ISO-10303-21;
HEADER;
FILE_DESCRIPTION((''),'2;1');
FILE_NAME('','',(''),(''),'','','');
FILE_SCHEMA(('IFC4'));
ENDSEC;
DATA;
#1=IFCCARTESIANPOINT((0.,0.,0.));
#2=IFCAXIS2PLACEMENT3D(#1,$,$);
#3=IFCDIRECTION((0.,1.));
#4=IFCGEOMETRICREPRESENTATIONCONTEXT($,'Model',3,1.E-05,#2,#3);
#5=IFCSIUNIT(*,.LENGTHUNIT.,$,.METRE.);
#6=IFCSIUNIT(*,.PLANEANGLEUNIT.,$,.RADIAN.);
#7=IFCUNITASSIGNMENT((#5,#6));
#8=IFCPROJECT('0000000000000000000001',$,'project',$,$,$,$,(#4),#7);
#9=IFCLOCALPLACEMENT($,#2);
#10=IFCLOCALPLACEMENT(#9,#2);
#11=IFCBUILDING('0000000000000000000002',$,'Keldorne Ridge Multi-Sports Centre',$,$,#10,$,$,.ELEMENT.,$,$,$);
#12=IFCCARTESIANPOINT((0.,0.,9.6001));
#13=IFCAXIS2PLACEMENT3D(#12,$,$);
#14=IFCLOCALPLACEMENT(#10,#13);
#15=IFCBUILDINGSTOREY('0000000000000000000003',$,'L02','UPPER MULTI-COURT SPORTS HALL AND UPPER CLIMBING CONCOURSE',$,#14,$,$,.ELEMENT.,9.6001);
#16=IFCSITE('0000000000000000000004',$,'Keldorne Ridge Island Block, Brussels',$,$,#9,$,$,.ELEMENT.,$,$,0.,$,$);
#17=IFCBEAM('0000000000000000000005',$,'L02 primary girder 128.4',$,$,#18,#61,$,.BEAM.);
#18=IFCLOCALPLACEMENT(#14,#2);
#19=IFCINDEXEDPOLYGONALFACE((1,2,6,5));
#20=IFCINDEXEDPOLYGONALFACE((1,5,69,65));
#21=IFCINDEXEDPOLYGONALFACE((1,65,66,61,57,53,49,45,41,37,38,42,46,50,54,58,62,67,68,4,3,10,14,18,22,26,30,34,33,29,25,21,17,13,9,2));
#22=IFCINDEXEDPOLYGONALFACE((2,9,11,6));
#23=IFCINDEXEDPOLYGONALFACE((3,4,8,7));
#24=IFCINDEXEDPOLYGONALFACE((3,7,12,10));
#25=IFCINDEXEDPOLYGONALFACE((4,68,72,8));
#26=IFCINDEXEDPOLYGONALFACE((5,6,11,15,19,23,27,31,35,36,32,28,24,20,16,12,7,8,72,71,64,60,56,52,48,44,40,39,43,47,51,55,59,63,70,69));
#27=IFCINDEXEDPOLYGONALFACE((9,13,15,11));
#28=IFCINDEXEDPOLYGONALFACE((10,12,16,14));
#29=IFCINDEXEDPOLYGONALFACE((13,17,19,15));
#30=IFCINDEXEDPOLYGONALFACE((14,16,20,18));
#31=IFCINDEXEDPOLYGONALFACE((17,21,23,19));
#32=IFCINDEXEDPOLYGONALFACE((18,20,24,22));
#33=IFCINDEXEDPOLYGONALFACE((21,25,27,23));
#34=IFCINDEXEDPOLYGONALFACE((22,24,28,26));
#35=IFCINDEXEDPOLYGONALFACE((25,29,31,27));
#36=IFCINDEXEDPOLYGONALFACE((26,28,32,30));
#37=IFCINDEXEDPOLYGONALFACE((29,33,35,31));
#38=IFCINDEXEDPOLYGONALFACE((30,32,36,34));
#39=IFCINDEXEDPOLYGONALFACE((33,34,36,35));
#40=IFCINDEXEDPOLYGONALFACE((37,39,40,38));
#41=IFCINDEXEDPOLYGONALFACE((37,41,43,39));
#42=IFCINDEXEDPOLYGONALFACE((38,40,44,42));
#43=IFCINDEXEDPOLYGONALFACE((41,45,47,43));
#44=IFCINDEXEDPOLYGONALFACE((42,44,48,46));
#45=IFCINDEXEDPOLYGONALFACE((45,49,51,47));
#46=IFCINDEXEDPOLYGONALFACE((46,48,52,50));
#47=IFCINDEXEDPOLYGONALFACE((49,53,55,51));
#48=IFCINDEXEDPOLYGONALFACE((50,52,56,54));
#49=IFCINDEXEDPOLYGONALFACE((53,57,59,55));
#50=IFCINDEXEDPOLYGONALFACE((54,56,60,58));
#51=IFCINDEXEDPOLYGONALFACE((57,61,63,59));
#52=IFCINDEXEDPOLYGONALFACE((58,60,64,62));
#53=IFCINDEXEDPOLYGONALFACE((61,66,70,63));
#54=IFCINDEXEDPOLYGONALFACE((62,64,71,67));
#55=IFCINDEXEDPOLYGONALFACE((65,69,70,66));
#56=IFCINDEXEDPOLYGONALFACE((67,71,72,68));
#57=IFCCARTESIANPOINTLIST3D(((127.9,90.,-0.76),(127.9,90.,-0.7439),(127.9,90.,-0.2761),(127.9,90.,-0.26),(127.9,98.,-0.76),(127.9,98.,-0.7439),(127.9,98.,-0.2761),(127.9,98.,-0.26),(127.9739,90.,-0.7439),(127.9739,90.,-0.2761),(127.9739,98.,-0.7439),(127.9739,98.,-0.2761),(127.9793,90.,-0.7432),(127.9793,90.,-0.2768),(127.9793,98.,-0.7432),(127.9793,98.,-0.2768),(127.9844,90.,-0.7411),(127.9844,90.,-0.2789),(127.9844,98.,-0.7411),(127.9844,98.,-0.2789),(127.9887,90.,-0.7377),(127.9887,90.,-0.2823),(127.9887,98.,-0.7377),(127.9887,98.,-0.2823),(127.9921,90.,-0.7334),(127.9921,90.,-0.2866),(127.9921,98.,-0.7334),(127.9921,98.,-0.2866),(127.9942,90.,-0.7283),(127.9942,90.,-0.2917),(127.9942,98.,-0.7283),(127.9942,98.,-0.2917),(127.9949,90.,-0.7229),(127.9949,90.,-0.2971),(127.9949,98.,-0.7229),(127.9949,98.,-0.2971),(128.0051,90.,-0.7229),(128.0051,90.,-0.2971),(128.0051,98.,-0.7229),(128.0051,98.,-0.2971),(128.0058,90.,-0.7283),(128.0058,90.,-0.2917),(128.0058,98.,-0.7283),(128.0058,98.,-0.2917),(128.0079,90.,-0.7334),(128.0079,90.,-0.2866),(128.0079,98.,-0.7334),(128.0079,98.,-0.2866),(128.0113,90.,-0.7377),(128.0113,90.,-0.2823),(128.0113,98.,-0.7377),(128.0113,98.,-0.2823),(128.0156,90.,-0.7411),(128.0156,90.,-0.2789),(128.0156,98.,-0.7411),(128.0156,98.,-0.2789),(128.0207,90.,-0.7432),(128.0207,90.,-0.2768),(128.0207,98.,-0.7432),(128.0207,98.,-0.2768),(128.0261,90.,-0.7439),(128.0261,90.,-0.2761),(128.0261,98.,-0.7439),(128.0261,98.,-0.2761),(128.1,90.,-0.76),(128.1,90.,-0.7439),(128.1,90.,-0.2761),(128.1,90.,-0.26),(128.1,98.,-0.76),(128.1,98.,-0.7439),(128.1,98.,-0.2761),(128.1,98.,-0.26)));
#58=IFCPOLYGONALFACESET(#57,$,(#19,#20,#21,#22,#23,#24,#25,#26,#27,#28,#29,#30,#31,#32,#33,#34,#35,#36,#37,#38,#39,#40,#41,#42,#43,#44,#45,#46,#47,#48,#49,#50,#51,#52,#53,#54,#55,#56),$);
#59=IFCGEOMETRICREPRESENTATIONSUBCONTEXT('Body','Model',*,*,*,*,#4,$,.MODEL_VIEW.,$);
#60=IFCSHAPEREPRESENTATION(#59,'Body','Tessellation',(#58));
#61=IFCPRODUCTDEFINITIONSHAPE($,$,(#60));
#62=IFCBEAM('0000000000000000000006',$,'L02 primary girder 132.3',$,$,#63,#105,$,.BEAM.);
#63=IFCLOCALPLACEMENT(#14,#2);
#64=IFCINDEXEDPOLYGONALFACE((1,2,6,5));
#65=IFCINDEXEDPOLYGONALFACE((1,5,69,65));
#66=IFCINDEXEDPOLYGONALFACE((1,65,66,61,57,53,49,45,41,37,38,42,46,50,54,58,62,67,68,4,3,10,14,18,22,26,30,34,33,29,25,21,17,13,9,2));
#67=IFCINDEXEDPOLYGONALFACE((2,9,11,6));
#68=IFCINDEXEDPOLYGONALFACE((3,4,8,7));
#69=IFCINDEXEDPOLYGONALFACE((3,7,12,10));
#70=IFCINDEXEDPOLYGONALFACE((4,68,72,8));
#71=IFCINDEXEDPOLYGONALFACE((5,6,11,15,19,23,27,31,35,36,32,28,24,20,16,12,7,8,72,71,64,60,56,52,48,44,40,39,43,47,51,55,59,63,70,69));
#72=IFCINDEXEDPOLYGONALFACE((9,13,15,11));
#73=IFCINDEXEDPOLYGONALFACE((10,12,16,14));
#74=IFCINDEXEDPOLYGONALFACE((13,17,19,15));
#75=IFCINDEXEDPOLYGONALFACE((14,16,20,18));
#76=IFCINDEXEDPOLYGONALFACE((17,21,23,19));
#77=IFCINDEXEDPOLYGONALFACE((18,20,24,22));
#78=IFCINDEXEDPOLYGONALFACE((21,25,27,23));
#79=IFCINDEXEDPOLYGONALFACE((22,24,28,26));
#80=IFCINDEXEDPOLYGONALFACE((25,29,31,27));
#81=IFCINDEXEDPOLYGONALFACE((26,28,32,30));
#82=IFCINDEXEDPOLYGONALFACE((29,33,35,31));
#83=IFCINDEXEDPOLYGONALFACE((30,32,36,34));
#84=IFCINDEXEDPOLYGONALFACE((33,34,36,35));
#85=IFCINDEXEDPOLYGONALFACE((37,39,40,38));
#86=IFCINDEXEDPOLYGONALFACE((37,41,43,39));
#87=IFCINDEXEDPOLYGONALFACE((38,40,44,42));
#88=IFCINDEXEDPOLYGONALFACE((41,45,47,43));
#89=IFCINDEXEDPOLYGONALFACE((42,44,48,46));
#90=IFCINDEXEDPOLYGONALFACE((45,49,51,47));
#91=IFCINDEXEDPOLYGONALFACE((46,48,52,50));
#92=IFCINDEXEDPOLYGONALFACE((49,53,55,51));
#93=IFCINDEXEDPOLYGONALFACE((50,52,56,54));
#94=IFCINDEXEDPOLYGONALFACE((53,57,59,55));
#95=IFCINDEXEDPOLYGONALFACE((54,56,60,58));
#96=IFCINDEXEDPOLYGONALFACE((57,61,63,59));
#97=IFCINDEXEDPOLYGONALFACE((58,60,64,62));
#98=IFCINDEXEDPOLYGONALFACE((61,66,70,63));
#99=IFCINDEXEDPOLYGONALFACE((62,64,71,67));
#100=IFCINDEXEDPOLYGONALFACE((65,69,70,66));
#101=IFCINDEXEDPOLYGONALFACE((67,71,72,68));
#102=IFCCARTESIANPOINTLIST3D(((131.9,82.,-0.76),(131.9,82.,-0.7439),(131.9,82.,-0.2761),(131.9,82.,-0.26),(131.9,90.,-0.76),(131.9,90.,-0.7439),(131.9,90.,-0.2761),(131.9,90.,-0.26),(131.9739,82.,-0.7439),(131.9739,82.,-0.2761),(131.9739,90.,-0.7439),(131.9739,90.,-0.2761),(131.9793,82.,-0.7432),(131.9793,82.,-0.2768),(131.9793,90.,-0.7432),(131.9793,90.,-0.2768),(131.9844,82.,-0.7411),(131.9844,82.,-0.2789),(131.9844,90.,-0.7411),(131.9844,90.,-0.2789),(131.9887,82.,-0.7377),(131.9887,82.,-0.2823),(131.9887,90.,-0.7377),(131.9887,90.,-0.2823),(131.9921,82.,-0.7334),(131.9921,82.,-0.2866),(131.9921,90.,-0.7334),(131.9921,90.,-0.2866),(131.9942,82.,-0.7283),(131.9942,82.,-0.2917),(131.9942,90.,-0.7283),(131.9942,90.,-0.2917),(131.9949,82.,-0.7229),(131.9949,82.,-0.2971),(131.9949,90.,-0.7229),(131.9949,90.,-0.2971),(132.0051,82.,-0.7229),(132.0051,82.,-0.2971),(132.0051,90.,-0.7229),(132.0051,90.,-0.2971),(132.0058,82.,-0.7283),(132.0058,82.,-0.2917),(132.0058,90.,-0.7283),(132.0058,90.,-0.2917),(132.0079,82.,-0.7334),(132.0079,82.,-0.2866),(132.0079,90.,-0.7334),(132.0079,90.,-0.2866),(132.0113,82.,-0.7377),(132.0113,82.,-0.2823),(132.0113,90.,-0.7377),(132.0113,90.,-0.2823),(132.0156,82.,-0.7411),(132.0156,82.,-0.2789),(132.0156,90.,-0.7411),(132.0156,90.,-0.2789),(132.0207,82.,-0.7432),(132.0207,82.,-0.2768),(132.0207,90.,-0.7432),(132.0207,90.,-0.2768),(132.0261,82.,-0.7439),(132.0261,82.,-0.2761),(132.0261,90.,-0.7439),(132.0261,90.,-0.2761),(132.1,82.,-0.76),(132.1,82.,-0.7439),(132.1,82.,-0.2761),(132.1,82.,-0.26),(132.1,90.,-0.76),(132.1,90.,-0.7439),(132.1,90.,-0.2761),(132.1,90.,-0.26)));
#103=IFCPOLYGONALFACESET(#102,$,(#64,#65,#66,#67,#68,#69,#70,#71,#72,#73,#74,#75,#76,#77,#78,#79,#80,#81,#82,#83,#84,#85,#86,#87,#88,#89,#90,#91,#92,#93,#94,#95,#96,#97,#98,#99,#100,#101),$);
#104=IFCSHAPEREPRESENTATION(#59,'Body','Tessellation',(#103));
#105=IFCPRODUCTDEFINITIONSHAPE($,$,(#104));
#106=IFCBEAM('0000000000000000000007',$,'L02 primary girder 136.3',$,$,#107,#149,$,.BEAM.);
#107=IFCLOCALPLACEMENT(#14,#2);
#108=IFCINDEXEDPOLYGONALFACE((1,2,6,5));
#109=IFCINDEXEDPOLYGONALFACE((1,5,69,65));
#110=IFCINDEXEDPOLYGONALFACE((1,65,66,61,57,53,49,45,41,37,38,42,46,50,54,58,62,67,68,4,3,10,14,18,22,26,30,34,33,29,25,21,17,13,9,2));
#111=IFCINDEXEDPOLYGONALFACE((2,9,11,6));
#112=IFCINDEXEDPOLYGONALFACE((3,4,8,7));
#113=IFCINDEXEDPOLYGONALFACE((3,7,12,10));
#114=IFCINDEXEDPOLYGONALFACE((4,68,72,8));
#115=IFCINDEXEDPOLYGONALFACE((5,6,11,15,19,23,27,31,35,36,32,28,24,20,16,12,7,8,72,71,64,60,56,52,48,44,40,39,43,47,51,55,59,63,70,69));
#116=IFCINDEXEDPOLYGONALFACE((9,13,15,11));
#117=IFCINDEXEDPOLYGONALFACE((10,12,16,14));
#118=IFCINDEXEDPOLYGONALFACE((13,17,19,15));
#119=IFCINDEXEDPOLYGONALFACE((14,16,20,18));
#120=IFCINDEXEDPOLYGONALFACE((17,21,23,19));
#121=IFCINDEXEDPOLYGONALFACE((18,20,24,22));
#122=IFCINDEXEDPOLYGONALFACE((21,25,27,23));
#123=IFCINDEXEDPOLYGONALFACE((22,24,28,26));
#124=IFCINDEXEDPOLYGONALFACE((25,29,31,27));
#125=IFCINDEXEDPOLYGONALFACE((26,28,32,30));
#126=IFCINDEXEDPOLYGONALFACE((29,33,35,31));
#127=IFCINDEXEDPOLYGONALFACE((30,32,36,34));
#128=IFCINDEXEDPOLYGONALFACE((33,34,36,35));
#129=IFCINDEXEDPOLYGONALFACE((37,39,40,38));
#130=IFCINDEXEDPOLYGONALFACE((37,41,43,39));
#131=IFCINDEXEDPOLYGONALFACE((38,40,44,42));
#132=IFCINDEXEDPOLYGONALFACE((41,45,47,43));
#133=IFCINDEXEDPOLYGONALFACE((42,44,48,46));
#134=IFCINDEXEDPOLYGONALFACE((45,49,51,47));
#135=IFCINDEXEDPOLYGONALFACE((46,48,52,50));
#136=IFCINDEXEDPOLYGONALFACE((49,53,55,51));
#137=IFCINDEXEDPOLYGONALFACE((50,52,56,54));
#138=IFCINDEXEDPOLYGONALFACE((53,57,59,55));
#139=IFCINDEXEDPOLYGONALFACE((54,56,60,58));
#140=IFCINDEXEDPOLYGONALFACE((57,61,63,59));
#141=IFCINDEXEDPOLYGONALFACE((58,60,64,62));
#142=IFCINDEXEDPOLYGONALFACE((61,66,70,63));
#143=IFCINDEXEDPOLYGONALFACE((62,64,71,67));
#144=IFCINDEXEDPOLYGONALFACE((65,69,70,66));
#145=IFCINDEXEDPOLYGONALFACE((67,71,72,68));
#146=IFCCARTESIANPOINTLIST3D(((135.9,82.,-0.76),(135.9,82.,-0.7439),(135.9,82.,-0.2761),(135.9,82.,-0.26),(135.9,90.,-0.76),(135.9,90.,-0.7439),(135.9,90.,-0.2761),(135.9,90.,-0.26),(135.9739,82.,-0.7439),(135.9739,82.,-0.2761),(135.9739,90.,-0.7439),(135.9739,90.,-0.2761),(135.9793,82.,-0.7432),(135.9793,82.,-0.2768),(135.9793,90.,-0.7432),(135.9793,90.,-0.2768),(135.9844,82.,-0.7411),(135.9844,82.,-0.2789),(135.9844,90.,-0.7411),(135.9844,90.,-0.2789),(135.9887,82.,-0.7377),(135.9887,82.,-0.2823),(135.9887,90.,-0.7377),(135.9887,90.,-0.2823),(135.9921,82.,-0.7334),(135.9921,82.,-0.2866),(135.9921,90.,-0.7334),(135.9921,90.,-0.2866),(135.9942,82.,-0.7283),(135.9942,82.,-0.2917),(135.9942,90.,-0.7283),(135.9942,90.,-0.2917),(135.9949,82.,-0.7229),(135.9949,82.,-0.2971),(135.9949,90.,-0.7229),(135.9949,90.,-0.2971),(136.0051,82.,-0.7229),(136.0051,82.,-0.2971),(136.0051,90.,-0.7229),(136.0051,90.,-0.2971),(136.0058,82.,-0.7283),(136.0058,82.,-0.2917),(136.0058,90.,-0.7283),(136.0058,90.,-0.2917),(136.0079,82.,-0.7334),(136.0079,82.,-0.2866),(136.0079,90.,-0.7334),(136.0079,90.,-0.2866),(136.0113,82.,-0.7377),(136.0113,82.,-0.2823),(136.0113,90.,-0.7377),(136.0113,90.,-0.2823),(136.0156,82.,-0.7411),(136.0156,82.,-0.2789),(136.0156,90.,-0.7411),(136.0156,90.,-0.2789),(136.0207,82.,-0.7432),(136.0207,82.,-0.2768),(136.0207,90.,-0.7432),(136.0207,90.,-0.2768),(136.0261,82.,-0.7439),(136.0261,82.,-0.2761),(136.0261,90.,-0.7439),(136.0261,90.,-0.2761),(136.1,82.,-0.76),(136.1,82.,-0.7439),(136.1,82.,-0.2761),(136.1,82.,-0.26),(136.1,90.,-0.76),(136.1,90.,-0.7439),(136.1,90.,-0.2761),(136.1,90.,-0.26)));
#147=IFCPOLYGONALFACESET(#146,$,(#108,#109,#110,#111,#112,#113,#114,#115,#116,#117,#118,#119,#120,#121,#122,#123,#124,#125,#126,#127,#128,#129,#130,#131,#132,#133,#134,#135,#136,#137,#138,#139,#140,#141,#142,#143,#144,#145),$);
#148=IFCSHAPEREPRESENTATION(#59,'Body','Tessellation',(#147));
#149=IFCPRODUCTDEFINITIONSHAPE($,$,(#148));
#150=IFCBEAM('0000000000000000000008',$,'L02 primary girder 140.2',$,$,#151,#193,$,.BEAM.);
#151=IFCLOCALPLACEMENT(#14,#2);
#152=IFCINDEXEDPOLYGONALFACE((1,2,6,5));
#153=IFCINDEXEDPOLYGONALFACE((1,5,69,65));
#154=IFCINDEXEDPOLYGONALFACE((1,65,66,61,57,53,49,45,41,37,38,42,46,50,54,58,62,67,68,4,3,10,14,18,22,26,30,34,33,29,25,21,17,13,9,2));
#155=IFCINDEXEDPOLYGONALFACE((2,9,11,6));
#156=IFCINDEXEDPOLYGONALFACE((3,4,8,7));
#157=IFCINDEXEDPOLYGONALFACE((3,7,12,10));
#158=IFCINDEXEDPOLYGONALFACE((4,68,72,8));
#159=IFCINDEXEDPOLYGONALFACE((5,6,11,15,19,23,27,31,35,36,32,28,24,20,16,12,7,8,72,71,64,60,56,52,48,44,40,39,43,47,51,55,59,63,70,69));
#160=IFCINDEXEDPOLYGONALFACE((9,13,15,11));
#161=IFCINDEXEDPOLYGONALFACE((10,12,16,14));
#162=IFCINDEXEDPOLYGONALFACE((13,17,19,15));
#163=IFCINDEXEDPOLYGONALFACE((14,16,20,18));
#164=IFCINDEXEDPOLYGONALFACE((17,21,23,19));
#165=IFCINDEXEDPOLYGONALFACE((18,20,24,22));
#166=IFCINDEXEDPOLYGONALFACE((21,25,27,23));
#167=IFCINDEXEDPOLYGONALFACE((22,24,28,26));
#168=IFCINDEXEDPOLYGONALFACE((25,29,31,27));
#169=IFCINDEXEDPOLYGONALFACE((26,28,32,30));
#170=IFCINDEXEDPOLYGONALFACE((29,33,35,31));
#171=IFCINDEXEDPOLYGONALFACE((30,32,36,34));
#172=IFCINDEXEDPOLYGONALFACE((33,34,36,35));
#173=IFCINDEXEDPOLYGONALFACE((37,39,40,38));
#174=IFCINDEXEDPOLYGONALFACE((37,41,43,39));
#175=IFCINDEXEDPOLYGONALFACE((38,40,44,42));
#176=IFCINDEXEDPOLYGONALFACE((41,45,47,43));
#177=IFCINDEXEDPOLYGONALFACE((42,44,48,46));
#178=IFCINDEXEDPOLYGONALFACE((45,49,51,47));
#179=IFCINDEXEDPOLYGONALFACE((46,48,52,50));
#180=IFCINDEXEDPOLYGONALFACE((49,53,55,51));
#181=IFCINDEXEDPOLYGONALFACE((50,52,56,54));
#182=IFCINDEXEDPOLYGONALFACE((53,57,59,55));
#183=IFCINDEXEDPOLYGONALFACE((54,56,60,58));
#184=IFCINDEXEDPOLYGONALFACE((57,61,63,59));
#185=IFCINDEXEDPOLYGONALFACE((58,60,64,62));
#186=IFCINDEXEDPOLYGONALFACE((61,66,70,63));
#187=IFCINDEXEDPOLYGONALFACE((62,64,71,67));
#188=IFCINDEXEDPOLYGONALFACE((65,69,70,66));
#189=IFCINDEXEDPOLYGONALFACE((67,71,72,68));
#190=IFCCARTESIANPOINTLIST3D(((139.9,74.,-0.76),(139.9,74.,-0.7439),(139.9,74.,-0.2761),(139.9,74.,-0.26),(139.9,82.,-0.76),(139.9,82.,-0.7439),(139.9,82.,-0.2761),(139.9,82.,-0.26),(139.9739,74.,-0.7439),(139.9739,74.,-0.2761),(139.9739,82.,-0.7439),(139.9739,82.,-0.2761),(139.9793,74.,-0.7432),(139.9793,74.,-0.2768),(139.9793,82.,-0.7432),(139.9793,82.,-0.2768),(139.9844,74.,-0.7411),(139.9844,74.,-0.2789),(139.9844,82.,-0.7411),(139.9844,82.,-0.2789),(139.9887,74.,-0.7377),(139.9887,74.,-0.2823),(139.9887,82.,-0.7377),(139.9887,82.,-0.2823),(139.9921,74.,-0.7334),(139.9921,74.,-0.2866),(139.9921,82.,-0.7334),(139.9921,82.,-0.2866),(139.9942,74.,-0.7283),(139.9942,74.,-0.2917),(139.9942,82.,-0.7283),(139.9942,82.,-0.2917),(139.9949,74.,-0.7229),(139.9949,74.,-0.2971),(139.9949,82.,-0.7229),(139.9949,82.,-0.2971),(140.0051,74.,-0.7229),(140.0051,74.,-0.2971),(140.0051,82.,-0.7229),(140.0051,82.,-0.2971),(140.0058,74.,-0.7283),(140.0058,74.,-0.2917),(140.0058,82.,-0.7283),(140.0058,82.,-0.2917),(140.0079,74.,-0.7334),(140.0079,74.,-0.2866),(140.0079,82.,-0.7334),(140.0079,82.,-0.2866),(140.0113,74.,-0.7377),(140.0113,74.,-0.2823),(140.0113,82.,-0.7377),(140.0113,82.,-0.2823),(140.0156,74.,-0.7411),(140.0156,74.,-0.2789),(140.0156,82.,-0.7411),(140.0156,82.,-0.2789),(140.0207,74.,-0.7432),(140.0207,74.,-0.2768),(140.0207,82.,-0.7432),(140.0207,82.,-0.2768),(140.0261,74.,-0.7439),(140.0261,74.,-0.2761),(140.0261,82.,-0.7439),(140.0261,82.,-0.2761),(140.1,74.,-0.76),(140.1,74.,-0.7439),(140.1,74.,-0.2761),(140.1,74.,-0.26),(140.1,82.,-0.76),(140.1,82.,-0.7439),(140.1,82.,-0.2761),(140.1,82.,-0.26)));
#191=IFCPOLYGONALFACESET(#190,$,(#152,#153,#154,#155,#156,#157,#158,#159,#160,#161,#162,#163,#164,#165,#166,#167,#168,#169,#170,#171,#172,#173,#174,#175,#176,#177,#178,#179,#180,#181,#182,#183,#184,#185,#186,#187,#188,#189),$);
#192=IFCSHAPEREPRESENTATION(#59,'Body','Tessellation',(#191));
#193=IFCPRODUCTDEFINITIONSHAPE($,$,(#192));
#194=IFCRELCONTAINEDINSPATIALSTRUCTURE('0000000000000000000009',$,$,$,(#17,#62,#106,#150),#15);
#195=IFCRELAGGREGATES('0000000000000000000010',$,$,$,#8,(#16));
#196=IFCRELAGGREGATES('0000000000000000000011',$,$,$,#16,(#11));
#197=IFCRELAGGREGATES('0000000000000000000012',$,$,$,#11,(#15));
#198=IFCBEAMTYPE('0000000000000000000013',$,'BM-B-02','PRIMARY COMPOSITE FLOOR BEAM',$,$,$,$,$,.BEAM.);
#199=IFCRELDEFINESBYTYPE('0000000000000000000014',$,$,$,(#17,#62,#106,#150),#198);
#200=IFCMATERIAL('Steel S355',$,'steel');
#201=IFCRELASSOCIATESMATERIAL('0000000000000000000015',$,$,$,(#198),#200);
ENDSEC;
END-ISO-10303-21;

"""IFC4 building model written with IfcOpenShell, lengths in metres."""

from ifc_helpers import new_model, si_unit, direction, frame, origin, origin_2d, place, context, subcontext, project, spatial, i_section, extrude, material, material_profile, profile_set, type_object, element, save


model = new_model("IFC4")

# Units and contexts
model_context = context("Model", 3, precision=1e-05, world=origin(), true_north=direction((0.0, 1.0)))
body_context = subcontext(model_context, "Body", "Model", "MODEL_VIEW")
ifc_project = project(units=[si_unit("LENGTHUNIT", "METRE"), si_unit("PLANEANGLEUNIT", "RADIAN")], contexts=[model_context])

# Site, building, storey
site_placement = place(None, origin())
site = spatial("IfcSite", under=ifc_project, at=site_placement, Name="Keldorne Ridge Island Block, Brussels", CompositionType="ELEMENT", RefElevation=0.0)
building_placement = place(site_placement, origin())
building = spatial("IfcBuilding", under=site, at=building_placement, Name="Keldorne Ridge Multi-Sports Centre", CompositionType="ELEMENT")
storey_placement = place(building_placement, frame((0.0, 0.0, 9.6001)))
storey = spatial("IfcBuildingStorey", under=building, at=storey_placement, Name="L02", Description="UPPER MULTI-COURT SPORTS HALL AND UPPER CLIMBING CONCOURSE", CompositionType="ELEMENT", Elevation=9.6001)

# Shared definitions
ifc_material = material(Name="Steel S355", Category="steel")

# Beams
ifc_material_profile_1 = material_profile(ifc_material, i_section(OverallWidth=0.2, OverallDepth=0.5, WebThickness=0.0103, FlangeThickness=0.0161, FilletRadius=0.021, at=origin_2d()), Name="IPE 500")
ifc_profile_set_1 = profile_set([ifc_material_profile_1], Name="Steel S355")
beam_type_1 = type_object("IfcBeamType", Name="BM-B-02", Description="PRIMARY COMPOSITE FLOOR BEAM", PredefinedType="BEAM", material=ifc_profile_set_1)
for number, where, z_axis, x_axis, name in (
    (1, (128.0, 90.0, -0.51), (0.0, 1.0, 0.0), (-1.0, 0.0, 0.0), "L02 primary girder 128.4"),
    (2, (132.0, 82.0, -0.51), (0.0, 1.0, 0.0), (-1.0, 0.0, 0.0), "L02 primary girder 132.3"),
    (3, (136.0, 82.0, -0.51), (0.0, 1.0, 0.0), (-1.0, 0.0, 0.0), "L02 primary girder 136.3"),
    (4, (140.0, 74.0, -0.51), (0.0, 1.0, 0.0), (-1.0, 0.0, 0.0), "L02 primary girder 140.2"),
):
    element("IfcBeam", number, at=place(storey_placement, frame(where, z_axis=z_axis, x_axis=x_axis)), inside=storey, type_object=beam_type_1, Name=name, PredefinedType="BEAM", context=body_context, shape_type="SweptSolid", body=[
        extrude(i_section(OverallWidth=0.2, OverallDepth=0.5, WebThickness=0.0103, FlangeThickness=0.0161, FilletRadius=0.021, at=origin_2d()), origin(), (0.0, 0.0, 1.0), 8.0),
    ])

save(model, "model.ifc")
